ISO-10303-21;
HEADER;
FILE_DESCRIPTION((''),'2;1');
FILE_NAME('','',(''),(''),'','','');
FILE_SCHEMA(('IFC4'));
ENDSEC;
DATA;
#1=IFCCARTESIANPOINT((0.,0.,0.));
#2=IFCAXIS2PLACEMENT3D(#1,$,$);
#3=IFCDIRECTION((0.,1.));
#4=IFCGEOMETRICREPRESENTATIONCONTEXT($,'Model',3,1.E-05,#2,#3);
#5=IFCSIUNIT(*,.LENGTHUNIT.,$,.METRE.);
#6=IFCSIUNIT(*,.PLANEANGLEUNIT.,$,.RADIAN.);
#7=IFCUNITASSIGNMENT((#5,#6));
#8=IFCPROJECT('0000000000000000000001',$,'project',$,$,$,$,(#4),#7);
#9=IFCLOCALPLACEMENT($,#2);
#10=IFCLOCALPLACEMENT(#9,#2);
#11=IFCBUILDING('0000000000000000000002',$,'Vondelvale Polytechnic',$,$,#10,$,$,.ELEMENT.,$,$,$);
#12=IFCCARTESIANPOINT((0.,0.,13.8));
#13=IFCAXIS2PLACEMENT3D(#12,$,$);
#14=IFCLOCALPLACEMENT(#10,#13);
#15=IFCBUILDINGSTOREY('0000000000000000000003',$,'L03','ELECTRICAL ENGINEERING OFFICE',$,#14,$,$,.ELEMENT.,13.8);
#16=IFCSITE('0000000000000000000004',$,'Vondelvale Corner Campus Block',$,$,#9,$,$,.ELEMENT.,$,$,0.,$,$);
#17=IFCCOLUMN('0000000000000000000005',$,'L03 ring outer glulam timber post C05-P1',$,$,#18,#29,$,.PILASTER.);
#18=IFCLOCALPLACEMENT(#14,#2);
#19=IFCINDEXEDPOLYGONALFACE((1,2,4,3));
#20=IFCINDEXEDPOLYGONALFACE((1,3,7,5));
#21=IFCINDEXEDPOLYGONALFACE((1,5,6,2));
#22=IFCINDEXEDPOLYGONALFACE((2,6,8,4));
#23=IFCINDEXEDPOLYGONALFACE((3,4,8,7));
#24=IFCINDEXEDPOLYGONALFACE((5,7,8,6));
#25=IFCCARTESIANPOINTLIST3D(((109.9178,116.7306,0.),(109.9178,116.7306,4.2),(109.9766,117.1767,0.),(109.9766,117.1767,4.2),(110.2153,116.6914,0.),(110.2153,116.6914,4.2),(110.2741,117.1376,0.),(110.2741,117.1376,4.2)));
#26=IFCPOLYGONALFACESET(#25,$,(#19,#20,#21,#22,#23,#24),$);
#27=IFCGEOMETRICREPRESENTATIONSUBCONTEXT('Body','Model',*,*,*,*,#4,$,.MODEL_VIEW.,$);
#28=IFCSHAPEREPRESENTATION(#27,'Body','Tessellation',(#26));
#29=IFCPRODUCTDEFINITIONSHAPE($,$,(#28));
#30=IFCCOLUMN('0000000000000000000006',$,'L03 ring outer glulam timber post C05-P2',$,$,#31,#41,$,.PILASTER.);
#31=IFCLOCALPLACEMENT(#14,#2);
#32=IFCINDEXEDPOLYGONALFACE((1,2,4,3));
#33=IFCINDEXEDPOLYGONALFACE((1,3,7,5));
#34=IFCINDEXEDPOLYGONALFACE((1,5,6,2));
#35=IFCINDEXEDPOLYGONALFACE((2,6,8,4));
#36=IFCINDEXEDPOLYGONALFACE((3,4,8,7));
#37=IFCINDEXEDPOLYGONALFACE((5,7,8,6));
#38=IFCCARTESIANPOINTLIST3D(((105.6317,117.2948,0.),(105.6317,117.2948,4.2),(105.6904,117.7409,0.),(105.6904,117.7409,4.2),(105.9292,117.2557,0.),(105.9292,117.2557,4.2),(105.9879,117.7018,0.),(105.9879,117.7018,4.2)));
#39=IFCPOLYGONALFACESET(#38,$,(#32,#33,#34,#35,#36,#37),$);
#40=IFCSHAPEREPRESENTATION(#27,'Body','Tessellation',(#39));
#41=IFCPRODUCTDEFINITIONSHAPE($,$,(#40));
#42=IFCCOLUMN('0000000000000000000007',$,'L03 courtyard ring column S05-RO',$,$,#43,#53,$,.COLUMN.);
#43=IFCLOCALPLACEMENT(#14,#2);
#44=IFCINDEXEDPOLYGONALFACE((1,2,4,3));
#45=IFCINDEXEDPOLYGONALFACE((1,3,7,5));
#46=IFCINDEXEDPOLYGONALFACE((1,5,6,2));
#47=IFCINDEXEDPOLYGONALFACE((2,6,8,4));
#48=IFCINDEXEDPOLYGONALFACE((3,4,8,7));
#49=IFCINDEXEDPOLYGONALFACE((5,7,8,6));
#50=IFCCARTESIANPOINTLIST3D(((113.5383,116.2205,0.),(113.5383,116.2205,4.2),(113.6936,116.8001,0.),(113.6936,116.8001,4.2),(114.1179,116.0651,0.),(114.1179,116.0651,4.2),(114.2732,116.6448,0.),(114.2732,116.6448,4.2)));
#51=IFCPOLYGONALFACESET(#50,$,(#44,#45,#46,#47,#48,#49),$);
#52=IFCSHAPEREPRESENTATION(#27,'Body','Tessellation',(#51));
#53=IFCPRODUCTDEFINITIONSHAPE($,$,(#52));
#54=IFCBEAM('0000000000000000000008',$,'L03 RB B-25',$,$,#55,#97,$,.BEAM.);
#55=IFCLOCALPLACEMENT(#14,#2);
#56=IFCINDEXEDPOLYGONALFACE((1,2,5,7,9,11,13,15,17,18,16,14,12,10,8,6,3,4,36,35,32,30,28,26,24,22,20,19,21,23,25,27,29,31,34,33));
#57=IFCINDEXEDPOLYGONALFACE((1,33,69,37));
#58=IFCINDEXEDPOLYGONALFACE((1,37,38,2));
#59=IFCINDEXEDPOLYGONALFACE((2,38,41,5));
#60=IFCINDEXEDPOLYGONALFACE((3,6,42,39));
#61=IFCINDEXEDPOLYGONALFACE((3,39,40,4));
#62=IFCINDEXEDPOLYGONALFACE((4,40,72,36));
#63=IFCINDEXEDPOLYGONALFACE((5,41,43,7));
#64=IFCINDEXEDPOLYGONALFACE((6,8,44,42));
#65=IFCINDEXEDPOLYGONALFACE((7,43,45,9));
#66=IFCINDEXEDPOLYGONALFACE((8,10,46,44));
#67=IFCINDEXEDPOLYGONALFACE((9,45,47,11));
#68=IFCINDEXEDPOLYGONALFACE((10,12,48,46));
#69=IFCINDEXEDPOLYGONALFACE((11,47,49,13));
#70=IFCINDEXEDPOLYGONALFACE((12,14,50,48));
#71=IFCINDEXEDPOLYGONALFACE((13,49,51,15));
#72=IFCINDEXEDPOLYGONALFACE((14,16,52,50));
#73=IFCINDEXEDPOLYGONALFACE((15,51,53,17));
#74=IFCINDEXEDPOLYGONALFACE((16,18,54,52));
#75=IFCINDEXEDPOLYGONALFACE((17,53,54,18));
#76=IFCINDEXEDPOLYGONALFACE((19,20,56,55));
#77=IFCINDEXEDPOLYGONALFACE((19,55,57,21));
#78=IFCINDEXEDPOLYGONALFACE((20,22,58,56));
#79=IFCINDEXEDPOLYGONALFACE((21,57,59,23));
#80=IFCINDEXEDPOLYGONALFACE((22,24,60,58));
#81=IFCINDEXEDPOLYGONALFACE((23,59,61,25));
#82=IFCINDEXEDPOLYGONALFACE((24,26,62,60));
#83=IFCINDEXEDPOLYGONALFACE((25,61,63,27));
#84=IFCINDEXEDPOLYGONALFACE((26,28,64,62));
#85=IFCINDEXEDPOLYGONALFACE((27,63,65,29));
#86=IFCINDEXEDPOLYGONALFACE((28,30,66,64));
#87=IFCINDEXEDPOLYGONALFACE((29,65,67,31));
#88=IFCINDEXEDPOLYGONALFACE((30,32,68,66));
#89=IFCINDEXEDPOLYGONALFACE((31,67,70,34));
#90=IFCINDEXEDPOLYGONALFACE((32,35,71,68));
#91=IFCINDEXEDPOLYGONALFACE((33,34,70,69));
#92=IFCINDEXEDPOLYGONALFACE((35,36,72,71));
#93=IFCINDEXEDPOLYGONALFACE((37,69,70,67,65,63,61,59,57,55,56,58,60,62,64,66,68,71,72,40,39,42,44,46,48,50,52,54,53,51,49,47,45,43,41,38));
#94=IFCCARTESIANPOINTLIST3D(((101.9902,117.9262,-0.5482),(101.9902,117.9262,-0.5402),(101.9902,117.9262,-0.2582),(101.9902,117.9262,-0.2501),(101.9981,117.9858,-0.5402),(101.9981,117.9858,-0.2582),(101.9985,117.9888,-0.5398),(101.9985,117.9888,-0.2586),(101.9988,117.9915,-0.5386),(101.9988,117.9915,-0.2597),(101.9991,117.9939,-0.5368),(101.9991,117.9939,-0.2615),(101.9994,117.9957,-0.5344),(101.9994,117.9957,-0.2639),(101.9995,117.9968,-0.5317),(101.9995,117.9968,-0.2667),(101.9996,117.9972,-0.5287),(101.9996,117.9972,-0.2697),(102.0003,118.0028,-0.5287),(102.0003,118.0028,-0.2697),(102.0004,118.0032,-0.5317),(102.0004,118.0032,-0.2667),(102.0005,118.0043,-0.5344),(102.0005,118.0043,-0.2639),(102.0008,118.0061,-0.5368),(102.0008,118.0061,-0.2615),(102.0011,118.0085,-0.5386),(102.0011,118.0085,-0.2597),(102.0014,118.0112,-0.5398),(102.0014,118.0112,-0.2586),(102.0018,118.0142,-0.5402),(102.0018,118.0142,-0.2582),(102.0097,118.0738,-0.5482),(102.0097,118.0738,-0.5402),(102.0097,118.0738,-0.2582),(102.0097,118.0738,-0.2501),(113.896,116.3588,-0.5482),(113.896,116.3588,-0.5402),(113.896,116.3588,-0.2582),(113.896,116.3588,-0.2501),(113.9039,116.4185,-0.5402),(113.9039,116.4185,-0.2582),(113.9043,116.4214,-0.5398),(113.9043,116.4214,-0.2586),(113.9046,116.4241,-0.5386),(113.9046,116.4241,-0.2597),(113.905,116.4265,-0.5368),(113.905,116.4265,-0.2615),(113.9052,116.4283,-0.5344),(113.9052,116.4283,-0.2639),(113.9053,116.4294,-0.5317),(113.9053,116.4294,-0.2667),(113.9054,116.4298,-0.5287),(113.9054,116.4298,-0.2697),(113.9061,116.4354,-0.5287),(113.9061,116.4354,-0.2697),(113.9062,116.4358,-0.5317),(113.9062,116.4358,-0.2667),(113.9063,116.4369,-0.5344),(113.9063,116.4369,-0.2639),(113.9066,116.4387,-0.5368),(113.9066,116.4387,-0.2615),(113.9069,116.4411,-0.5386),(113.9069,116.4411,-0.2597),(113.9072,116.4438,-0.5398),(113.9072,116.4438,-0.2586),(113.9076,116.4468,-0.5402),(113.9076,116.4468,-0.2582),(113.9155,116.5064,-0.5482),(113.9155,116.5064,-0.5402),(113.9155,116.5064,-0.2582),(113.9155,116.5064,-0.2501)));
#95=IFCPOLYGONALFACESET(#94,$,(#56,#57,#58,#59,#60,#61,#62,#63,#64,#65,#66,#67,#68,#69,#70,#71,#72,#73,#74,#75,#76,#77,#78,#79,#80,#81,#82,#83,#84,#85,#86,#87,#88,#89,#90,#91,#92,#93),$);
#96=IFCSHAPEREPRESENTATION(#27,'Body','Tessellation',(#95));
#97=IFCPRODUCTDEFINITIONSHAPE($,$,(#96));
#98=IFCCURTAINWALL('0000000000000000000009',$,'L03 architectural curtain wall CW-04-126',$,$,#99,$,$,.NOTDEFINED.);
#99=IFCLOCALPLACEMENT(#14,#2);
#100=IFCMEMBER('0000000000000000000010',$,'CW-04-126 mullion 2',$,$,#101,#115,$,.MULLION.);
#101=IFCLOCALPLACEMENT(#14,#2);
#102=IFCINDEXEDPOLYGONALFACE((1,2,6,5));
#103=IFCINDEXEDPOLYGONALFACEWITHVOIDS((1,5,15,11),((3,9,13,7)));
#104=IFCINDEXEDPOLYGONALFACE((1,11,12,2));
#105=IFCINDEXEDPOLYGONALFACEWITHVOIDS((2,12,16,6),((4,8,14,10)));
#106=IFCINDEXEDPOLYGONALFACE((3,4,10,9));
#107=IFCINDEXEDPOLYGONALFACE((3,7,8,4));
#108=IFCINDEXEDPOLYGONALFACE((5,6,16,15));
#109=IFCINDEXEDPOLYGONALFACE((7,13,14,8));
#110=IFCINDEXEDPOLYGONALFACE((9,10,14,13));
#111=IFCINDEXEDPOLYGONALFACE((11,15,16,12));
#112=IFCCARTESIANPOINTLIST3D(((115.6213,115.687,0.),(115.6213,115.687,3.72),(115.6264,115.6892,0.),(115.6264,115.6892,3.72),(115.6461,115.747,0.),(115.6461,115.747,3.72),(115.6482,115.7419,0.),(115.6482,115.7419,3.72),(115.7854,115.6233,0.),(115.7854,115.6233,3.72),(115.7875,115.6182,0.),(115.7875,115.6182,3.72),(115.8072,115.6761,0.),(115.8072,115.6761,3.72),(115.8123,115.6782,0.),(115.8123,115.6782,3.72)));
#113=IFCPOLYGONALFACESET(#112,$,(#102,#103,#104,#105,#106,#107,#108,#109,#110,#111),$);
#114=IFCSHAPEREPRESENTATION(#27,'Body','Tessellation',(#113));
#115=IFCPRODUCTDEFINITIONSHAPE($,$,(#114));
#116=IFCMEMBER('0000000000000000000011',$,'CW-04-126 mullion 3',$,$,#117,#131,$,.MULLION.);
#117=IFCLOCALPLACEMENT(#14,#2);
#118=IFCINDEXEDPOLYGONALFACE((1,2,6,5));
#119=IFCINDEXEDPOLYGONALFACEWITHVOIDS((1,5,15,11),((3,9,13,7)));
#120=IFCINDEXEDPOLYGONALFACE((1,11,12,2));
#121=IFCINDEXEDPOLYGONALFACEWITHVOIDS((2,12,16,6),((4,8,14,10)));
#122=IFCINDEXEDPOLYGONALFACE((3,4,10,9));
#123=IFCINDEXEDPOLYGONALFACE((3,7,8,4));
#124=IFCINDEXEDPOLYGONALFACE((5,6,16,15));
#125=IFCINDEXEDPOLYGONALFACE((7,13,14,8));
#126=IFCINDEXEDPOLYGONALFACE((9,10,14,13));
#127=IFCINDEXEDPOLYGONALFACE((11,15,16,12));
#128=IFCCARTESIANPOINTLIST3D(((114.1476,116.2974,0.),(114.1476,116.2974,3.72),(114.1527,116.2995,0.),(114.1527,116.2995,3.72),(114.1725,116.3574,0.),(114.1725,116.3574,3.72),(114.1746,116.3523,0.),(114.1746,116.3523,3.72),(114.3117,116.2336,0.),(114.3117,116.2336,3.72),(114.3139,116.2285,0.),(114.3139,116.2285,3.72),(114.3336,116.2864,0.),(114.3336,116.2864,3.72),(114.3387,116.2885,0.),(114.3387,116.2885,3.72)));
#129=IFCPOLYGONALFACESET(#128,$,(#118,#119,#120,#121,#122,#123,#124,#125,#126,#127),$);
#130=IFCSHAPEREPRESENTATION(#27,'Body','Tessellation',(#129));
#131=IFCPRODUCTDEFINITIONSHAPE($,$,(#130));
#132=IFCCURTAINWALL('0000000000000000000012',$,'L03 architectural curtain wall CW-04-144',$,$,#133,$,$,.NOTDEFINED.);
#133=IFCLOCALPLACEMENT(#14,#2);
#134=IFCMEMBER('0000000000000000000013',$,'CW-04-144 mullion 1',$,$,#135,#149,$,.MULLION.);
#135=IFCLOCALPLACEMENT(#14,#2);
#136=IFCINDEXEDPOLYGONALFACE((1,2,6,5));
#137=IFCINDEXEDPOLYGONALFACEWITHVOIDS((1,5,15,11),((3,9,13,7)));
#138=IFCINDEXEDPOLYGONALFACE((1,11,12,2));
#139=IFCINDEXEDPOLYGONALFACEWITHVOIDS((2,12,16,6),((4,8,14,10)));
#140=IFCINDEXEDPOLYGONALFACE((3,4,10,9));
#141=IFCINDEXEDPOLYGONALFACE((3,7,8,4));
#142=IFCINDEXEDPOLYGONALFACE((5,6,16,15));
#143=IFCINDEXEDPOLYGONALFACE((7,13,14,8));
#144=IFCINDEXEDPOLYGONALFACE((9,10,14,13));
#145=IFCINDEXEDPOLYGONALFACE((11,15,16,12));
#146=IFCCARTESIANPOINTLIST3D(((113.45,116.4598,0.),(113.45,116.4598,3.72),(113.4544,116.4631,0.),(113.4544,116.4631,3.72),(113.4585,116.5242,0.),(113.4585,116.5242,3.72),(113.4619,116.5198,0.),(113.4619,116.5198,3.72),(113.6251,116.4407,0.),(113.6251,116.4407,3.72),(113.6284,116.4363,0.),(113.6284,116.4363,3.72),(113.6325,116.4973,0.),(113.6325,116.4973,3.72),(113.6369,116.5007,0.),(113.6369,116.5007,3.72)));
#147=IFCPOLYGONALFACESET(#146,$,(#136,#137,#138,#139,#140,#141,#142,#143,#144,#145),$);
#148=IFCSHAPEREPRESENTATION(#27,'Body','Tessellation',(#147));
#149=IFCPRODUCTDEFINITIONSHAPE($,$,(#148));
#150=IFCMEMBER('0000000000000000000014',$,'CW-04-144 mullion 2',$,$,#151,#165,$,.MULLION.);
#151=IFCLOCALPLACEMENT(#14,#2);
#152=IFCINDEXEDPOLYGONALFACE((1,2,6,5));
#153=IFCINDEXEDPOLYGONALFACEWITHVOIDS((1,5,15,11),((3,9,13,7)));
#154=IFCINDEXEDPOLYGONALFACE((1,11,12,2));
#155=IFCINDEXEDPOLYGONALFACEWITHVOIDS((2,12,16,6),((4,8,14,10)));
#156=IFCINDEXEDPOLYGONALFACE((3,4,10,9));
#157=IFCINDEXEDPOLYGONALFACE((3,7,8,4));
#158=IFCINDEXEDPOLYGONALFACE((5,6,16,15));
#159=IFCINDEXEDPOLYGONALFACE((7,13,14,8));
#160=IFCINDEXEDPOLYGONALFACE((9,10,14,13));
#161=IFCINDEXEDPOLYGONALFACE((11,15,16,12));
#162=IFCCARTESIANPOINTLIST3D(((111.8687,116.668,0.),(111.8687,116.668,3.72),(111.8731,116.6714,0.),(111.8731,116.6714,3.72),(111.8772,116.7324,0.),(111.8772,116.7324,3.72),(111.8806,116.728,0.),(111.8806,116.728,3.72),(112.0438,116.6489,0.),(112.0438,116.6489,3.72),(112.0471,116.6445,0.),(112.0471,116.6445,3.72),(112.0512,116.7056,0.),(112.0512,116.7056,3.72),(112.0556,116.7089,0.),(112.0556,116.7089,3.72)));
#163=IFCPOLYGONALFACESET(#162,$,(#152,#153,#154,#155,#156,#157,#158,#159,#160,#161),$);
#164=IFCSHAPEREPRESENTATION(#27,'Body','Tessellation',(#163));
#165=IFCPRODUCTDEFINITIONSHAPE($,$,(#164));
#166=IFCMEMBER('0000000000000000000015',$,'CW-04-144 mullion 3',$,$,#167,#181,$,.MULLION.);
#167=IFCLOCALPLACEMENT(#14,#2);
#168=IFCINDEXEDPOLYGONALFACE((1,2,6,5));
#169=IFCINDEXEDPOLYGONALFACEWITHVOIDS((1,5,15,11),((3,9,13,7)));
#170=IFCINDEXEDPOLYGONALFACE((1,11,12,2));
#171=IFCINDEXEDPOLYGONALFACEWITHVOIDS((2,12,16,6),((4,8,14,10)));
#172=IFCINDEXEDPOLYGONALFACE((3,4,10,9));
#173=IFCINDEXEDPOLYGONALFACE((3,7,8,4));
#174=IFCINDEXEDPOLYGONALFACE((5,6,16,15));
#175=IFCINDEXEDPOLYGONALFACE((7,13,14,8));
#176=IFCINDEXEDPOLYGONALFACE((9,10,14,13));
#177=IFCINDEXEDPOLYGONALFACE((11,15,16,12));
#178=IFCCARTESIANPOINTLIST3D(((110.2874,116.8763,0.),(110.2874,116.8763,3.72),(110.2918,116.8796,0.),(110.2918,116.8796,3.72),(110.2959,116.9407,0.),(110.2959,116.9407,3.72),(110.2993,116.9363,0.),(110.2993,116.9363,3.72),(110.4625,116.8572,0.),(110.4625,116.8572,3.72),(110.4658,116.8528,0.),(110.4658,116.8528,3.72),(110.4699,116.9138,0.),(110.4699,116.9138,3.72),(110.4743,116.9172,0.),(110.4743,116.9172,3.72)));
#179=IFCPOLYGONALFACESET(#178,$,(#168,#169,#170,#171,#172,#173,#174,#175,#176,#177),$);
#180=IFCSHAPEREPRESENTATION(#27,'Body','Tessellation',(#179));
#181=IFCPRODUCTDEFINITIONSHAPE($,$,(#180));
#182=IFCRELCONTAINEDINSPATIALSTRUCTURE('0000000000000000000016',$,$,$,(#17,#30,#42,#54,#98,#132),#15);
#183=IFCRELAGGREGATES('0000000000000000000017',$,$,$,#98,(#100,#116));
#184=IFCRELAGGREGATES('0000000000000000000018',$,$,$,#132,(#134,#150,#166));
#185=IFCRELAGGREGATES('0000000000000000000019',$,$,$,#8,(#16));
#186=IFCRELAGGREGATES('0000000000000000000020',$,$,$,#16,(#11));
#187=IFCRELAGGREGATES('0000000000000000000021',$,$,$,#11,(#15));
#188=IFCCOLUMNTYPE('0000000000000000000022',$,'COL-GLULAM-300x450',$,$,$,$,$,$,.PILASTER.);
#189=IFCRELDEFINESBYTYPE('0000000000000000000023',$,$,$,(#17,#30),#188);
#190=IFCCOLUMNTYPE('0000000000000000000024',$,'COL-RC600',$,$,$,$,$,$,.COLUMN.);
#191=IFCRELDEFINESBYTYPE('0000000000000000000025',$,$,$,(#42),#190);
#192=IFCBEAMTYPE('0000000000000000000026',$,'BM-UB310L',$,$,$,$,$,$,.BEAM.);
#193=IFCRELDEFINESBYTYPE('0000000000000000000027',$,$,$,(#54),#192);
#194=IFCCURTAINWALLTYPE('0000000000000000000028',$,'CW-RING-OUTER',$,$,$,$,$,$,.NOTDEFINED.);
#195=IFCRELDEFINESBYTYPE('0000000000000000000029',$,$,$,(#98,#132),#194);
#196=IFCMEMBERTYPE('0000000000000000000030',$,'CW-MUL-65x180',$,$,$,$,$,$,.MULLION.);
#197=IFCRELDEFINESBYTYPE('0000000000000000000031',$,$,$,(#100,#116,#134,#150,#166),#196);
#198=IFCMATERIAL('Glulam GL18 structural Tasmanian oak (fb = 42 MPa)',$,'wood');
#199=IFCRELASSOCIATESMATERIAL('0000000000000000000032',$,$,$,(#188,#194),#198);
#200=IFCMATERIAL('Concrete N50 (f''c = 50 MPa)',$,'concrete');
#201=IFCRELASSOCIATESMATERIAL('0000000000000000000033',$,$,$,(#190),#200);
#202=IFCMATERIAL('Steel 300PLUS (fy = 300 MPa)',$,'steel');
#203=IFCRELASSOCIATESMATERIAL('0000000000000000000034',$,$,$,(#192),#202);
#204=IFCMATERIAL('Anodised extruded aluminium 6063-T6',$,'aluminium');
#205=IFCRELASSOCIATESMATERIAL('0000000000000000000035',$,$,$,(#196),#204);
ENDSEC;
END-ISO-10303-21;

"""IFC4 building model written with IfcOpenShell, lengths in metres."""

from ifc_helpers import new_model, si_unit, direction, frame, origin, origin_2d, place, context, subcontext, project, spatial, rectangle, hollow_rectangle, i_section, extrude, material, material_profile, profile_set, type_object, element, aggregate, save


model = new_model("IFC4")

# Units and contexts
model_context = context("Model", 3, precision=1e-05, world=origin(), true_north=direction((0.0, 1.0)))
body_context = subcontext(model_context, "Body", "Model", "MODEL_VIEW")
ifc_project = project(units=[si_unit("LENGTHUNIT", "METRE"), si_unit("PLANEANGLEUNIT", "RADIAN")], contexts=[model_context])

# Site, building, storey
site_placement = place(None, origin())
site = spatial("IfcSite", under=ifc_project, at=site_placement, Name="Vondelvale Corner Campus Block", CompositionType="ELEMENT", RefElevation=0.0)
building_placement = place(site_placement, origin())
building = spatial("IfcBuilding", under=site, at=building_placement, Name="Vondelvale Polytechnic", CompositionType="ELEMENT")
storey_placement = place(building_placement, frame((0.0, 0.0, 13.8)))
storey = spatial("IfcBuildingStorey", under=building, at=storey_placement, Name="L03", Description="ELECTRICAL ENGINEERING OFFICE", CompositionType="ELEMENT", Elevation=13.8)

# Columns
ifc_material_1 = material(Name="Glulam GL18 structural Tasmanian oak (fb = 42 MPa)", Category="wood")
ifc_material_profile_1 = material_profile(ifc_material_1, rectangle(XDim=0.3, YDim=0.45, at=origin_2d()), Name="GL-POST-300x450")
ifc_profile_set_1 = profile_set([ifc_material_profile_1], Name="Glulam GL18 structural Tasmanian oak (fb = 42 MPa)")
column_type_1 = type_object("IfcColumnType", Name="COL-GLULAM-300x450", PredefinedType="PILASTER", material=ifc_profile_set_1)
for number, where, z_axis, x_axis, name in (
    (1, (110.0959, 116.9341, 0.0), (0.0, 0.0, 1.0), (-0.991445, 0.130526, 0.0), "L03 ring outer glulam timber post C05-P1"),
    (2, (105.8098, 117.4983, 0.0), (0.0, 0.0, 1.0), (-0.991445, 0.130526, 0.0), "L03 ring outer glulam timber post C05-P2"),
):
    element("IfcColumn", number, at=place(storey_placement, frame(where, z_axis=z_axis, x_axis=x_axis)), inside=storey, type_object=column_type_1, Name=name, PredefinedType="PILASTER", context=body_context, shape_type="SweptSolid", body=[
        extrude(rectangle(XDim=0.3, YDim=0.45, at=origin_2d()), origin(), (0.0, 0.0, 1.0), 4.2),
    ])
ifc_material_2 = material(Name="Concrete N50 (f'c = 50 MPa)", Category="concrete")
ifc_material_profile_2 = material_profile(ifc_material_2, rectangle(XDim=0.6001, YDim=0.6001, at=origin_2d()), Name="RC-COL-600x600")
ifc_profile_set_2 = profile_set([ifc_material_profile_2], Name="Concrete N50 (f'c = 50 MPa)")
column_type_2 = type_object("IfcColumnType", Name="COL-RC600", PredefinedType="COLUMN", material=ifc_profile_set_2)
column_placement = place(storey_placement, frame((113.9058, 116.4326, 0.0), z_axis=(0.0, 0.0, 1.0), x_axis=(0.258819, 0.965926, 0.0)))
element("IfcColumn", 3, at=column_placement, inside=storey, type_object=column_type_2, Name="L03 courtyard ring column S05-RO", PredefinedType="COLUMN", context=body_context, shape_type="SweptSolid", body=[
    extrude(rectangle(XDim=0.6001, YDim=0.6001, at=origin_2d()), origin(), (0.0, 0.0, 1.0), 4.2),
])

# Beam
ifc_material_3 = material(Name="Steel 300PLUS (fy = 300 MPa)", Category="steel")
ifc_material_profile_3 = material_profile(ifc_material_3, i_section(OverallWidth=0.1489, OverallDepth=0.2981, WebThickness=0.0056, FlangeThickness=0.0081, FilletRadius=0.0115, at=origin_2d()), Name="310UB32.0")
ifc_profile_set_3 = profile_set([ifc_material_profile_3], Name="Steel 300PLUS (fy = 300 MPa)")
beam_type_1 = type_object("IfcBeamType", Name="BM-UB310L", PredefinedType="BEAM", material=ifc_profile_set_3)
beam_1_placement = place(storey_placement, frame((113.9058, 116.4326, -0.3992), z_axis=(-0.991445, 0.130523, 0.0), x_axis=(-0.130523, -0.991445, 0.0)))
element("IfcBeam", 4, at=beam_1_placement, inside=storey, type_object=beam_type_1, Name="L03 RB B-25", PredefinedType="BEAM", context=body_context, shape_type="SweptSolid", body=[
    extrude(i_section(OverallWidth=0.1489, OverallDepth=0.2981, WebThickness=0.0056, FlangeThickness=0.0081, FilletRadius=0.0115, at=origin_2d()), origin(), (0.0, 0.0, 1.0), 12.0085),
])

# Curtain walls, members
curtain_wall_type = type_object("IfcCurtainWallType", Name="CW-RING-OUTER", PredefinedType="NOTDEFINED", material=ifc_material_1)
curtain_wall_1_placement = place(storey_placement, origin())
curtain_wall_1 = element("IfcCurtainWall", 5, at=curtain_wall_1_placement, inside=storey, type_object=curtain_wall_type, Name="L03 architectural curtain wall CW-04-126", PredefinedType="NOTDEFINED")
ifc_material_4 = material(Name="Anodised extruded aluminium 6063-T6", Category="aluminium")
ifc_material_profile_4 = material_profile(ifc_material_4, hollow_rectangle(XDim=0.0649, YDim=0.1799, WallThickness=0.0039, at=origin_2d()), Name="CW-MUL-180x65")
ifc_profile_set_4 = profile_set([ifc_material_profile_4], Name="Anodised extruded aluminium 6063-T6")
member_type_1 = type_object("IfcMemberType", Name="CW-MUL-65x180", PredefinedType="MULLION", material=ifc_profile_set_4)
member_1_placement = place(storey_placement, frame((115.7168, 115.6826, 0.0), z_axis=(0.0, 0.0, 1.0), x_axis=(-0.382677, -0.923882, 0.0)))
member_1 = element("IfcMember", 6, at=member_1_placement, type_object=member_type_1, Name="CW-04-126 mullion 2", PredefinedType="MULLION", context=body_context, shape_type="SweptSolid", body=[
    extrude(hollow_rectangle(XDim=0.0649, YDim=0.1799, WallThickness=0.0039, at=origin_2d()), origin(), (0.0, 0.0, 1.0), 3.72),
])
member_2_placement = place(storey_placement, frame((114.2432, 116.293, 0.0), z_axis=(0.0, 0.0, 1.0), x_axis=(-0.382677, -0.923882, 0.0)))
member_2 = element("IfcMember", 7, at=member_2_placement, type_object=member_type_1, Name="CW-04-126 mullion 3", PredefinedType="MULLION", context=body_context, shape_type="SweptSolid", body=[
    extrude(hollow_rectangle(XDim=0.0649, YDim=0.1799, WallThickness=0.0039, at=origin_2d()), origin(), (0.0, 0.0, 1.0), 3.72),
])
curtain_wall_2_placement = place(storey_placement, origin())
curtain_wall_2 = element("IfcCurtainWall", 8, at=curtain_wall_2_placement, inside=storey, type_object=curtain_wall_type, Name="L03 architectural curtain wall CW-04-144", PredefinedType="NOTDEFINED")
member_3_placement = place(storey_placement, frame((113.5435, 116.4802, 0.0), z_axis=(0.0, 0.0, 1.0), x_axis=(-0.13054, -0.991443, 0.0)))
member_3 = element("IfcMember", 9, at=member_3_placement, type_object=member_type_1, Name="CW-04-144 mullion 1", PredefinedType="MULLION", context=body_context, shape_type="SweptSolid", body=[
    extrude(hollow_rectangle(XDim=0.0649, YDim=0.1799, WallThickness=0.0039, at=origin_2d()), origin(), (0.0, 0.0, 1.0), 3.72),
])
member_4_placement = place(storey_placement, frame((111.9622, 116.6885, 0.0), z_axis=(0.0, 0.0, 1.0), x_axis=(-0.13054, -0.991443, 0.0)))
member_4 = element("IfcMember", 10, at=member_4_placement, type_object=member_type_1, Name="CW-04-144 mullion 2", PredefinedType="MULLION", context=body_context, shape_type="SweptSolid", body=[
    extrude(hollow_rectangle(XDim=0.0649, YDim=0.1799, WallThickness=0.0039, at=origin_2d()), origin(), (0.0, 0.0, 1.0), 3.72),
])
member_5_placement = place(storey_placement, frame((110.3809, 116.8967, 0.0), z_axis=(0.0, 0.0, 1.0), x_axis=(-0.13054, -0.991443, 0.0)))
member_5 = element("IfcMember", 11, at=member_5_placement, type_object=member_type_1, Name="CW-04-144 mullion 3", PredefinedType="MULLION", context=body_context, shape_type="SweptSolid", body=[
    extrude(hollow_rectangle(XDim=0.0649, YDim=0.1799, WallThickness=0.0039, at=origin_2d()), origin(), (0.0, 0.0, 1.0), 3.72),
])

aggregate(curtain_wall_1, [member_1, member_2])
aggregate(curtain_wall_2, [member_3, member_4, member_5])

save(model, "model.ifc")
